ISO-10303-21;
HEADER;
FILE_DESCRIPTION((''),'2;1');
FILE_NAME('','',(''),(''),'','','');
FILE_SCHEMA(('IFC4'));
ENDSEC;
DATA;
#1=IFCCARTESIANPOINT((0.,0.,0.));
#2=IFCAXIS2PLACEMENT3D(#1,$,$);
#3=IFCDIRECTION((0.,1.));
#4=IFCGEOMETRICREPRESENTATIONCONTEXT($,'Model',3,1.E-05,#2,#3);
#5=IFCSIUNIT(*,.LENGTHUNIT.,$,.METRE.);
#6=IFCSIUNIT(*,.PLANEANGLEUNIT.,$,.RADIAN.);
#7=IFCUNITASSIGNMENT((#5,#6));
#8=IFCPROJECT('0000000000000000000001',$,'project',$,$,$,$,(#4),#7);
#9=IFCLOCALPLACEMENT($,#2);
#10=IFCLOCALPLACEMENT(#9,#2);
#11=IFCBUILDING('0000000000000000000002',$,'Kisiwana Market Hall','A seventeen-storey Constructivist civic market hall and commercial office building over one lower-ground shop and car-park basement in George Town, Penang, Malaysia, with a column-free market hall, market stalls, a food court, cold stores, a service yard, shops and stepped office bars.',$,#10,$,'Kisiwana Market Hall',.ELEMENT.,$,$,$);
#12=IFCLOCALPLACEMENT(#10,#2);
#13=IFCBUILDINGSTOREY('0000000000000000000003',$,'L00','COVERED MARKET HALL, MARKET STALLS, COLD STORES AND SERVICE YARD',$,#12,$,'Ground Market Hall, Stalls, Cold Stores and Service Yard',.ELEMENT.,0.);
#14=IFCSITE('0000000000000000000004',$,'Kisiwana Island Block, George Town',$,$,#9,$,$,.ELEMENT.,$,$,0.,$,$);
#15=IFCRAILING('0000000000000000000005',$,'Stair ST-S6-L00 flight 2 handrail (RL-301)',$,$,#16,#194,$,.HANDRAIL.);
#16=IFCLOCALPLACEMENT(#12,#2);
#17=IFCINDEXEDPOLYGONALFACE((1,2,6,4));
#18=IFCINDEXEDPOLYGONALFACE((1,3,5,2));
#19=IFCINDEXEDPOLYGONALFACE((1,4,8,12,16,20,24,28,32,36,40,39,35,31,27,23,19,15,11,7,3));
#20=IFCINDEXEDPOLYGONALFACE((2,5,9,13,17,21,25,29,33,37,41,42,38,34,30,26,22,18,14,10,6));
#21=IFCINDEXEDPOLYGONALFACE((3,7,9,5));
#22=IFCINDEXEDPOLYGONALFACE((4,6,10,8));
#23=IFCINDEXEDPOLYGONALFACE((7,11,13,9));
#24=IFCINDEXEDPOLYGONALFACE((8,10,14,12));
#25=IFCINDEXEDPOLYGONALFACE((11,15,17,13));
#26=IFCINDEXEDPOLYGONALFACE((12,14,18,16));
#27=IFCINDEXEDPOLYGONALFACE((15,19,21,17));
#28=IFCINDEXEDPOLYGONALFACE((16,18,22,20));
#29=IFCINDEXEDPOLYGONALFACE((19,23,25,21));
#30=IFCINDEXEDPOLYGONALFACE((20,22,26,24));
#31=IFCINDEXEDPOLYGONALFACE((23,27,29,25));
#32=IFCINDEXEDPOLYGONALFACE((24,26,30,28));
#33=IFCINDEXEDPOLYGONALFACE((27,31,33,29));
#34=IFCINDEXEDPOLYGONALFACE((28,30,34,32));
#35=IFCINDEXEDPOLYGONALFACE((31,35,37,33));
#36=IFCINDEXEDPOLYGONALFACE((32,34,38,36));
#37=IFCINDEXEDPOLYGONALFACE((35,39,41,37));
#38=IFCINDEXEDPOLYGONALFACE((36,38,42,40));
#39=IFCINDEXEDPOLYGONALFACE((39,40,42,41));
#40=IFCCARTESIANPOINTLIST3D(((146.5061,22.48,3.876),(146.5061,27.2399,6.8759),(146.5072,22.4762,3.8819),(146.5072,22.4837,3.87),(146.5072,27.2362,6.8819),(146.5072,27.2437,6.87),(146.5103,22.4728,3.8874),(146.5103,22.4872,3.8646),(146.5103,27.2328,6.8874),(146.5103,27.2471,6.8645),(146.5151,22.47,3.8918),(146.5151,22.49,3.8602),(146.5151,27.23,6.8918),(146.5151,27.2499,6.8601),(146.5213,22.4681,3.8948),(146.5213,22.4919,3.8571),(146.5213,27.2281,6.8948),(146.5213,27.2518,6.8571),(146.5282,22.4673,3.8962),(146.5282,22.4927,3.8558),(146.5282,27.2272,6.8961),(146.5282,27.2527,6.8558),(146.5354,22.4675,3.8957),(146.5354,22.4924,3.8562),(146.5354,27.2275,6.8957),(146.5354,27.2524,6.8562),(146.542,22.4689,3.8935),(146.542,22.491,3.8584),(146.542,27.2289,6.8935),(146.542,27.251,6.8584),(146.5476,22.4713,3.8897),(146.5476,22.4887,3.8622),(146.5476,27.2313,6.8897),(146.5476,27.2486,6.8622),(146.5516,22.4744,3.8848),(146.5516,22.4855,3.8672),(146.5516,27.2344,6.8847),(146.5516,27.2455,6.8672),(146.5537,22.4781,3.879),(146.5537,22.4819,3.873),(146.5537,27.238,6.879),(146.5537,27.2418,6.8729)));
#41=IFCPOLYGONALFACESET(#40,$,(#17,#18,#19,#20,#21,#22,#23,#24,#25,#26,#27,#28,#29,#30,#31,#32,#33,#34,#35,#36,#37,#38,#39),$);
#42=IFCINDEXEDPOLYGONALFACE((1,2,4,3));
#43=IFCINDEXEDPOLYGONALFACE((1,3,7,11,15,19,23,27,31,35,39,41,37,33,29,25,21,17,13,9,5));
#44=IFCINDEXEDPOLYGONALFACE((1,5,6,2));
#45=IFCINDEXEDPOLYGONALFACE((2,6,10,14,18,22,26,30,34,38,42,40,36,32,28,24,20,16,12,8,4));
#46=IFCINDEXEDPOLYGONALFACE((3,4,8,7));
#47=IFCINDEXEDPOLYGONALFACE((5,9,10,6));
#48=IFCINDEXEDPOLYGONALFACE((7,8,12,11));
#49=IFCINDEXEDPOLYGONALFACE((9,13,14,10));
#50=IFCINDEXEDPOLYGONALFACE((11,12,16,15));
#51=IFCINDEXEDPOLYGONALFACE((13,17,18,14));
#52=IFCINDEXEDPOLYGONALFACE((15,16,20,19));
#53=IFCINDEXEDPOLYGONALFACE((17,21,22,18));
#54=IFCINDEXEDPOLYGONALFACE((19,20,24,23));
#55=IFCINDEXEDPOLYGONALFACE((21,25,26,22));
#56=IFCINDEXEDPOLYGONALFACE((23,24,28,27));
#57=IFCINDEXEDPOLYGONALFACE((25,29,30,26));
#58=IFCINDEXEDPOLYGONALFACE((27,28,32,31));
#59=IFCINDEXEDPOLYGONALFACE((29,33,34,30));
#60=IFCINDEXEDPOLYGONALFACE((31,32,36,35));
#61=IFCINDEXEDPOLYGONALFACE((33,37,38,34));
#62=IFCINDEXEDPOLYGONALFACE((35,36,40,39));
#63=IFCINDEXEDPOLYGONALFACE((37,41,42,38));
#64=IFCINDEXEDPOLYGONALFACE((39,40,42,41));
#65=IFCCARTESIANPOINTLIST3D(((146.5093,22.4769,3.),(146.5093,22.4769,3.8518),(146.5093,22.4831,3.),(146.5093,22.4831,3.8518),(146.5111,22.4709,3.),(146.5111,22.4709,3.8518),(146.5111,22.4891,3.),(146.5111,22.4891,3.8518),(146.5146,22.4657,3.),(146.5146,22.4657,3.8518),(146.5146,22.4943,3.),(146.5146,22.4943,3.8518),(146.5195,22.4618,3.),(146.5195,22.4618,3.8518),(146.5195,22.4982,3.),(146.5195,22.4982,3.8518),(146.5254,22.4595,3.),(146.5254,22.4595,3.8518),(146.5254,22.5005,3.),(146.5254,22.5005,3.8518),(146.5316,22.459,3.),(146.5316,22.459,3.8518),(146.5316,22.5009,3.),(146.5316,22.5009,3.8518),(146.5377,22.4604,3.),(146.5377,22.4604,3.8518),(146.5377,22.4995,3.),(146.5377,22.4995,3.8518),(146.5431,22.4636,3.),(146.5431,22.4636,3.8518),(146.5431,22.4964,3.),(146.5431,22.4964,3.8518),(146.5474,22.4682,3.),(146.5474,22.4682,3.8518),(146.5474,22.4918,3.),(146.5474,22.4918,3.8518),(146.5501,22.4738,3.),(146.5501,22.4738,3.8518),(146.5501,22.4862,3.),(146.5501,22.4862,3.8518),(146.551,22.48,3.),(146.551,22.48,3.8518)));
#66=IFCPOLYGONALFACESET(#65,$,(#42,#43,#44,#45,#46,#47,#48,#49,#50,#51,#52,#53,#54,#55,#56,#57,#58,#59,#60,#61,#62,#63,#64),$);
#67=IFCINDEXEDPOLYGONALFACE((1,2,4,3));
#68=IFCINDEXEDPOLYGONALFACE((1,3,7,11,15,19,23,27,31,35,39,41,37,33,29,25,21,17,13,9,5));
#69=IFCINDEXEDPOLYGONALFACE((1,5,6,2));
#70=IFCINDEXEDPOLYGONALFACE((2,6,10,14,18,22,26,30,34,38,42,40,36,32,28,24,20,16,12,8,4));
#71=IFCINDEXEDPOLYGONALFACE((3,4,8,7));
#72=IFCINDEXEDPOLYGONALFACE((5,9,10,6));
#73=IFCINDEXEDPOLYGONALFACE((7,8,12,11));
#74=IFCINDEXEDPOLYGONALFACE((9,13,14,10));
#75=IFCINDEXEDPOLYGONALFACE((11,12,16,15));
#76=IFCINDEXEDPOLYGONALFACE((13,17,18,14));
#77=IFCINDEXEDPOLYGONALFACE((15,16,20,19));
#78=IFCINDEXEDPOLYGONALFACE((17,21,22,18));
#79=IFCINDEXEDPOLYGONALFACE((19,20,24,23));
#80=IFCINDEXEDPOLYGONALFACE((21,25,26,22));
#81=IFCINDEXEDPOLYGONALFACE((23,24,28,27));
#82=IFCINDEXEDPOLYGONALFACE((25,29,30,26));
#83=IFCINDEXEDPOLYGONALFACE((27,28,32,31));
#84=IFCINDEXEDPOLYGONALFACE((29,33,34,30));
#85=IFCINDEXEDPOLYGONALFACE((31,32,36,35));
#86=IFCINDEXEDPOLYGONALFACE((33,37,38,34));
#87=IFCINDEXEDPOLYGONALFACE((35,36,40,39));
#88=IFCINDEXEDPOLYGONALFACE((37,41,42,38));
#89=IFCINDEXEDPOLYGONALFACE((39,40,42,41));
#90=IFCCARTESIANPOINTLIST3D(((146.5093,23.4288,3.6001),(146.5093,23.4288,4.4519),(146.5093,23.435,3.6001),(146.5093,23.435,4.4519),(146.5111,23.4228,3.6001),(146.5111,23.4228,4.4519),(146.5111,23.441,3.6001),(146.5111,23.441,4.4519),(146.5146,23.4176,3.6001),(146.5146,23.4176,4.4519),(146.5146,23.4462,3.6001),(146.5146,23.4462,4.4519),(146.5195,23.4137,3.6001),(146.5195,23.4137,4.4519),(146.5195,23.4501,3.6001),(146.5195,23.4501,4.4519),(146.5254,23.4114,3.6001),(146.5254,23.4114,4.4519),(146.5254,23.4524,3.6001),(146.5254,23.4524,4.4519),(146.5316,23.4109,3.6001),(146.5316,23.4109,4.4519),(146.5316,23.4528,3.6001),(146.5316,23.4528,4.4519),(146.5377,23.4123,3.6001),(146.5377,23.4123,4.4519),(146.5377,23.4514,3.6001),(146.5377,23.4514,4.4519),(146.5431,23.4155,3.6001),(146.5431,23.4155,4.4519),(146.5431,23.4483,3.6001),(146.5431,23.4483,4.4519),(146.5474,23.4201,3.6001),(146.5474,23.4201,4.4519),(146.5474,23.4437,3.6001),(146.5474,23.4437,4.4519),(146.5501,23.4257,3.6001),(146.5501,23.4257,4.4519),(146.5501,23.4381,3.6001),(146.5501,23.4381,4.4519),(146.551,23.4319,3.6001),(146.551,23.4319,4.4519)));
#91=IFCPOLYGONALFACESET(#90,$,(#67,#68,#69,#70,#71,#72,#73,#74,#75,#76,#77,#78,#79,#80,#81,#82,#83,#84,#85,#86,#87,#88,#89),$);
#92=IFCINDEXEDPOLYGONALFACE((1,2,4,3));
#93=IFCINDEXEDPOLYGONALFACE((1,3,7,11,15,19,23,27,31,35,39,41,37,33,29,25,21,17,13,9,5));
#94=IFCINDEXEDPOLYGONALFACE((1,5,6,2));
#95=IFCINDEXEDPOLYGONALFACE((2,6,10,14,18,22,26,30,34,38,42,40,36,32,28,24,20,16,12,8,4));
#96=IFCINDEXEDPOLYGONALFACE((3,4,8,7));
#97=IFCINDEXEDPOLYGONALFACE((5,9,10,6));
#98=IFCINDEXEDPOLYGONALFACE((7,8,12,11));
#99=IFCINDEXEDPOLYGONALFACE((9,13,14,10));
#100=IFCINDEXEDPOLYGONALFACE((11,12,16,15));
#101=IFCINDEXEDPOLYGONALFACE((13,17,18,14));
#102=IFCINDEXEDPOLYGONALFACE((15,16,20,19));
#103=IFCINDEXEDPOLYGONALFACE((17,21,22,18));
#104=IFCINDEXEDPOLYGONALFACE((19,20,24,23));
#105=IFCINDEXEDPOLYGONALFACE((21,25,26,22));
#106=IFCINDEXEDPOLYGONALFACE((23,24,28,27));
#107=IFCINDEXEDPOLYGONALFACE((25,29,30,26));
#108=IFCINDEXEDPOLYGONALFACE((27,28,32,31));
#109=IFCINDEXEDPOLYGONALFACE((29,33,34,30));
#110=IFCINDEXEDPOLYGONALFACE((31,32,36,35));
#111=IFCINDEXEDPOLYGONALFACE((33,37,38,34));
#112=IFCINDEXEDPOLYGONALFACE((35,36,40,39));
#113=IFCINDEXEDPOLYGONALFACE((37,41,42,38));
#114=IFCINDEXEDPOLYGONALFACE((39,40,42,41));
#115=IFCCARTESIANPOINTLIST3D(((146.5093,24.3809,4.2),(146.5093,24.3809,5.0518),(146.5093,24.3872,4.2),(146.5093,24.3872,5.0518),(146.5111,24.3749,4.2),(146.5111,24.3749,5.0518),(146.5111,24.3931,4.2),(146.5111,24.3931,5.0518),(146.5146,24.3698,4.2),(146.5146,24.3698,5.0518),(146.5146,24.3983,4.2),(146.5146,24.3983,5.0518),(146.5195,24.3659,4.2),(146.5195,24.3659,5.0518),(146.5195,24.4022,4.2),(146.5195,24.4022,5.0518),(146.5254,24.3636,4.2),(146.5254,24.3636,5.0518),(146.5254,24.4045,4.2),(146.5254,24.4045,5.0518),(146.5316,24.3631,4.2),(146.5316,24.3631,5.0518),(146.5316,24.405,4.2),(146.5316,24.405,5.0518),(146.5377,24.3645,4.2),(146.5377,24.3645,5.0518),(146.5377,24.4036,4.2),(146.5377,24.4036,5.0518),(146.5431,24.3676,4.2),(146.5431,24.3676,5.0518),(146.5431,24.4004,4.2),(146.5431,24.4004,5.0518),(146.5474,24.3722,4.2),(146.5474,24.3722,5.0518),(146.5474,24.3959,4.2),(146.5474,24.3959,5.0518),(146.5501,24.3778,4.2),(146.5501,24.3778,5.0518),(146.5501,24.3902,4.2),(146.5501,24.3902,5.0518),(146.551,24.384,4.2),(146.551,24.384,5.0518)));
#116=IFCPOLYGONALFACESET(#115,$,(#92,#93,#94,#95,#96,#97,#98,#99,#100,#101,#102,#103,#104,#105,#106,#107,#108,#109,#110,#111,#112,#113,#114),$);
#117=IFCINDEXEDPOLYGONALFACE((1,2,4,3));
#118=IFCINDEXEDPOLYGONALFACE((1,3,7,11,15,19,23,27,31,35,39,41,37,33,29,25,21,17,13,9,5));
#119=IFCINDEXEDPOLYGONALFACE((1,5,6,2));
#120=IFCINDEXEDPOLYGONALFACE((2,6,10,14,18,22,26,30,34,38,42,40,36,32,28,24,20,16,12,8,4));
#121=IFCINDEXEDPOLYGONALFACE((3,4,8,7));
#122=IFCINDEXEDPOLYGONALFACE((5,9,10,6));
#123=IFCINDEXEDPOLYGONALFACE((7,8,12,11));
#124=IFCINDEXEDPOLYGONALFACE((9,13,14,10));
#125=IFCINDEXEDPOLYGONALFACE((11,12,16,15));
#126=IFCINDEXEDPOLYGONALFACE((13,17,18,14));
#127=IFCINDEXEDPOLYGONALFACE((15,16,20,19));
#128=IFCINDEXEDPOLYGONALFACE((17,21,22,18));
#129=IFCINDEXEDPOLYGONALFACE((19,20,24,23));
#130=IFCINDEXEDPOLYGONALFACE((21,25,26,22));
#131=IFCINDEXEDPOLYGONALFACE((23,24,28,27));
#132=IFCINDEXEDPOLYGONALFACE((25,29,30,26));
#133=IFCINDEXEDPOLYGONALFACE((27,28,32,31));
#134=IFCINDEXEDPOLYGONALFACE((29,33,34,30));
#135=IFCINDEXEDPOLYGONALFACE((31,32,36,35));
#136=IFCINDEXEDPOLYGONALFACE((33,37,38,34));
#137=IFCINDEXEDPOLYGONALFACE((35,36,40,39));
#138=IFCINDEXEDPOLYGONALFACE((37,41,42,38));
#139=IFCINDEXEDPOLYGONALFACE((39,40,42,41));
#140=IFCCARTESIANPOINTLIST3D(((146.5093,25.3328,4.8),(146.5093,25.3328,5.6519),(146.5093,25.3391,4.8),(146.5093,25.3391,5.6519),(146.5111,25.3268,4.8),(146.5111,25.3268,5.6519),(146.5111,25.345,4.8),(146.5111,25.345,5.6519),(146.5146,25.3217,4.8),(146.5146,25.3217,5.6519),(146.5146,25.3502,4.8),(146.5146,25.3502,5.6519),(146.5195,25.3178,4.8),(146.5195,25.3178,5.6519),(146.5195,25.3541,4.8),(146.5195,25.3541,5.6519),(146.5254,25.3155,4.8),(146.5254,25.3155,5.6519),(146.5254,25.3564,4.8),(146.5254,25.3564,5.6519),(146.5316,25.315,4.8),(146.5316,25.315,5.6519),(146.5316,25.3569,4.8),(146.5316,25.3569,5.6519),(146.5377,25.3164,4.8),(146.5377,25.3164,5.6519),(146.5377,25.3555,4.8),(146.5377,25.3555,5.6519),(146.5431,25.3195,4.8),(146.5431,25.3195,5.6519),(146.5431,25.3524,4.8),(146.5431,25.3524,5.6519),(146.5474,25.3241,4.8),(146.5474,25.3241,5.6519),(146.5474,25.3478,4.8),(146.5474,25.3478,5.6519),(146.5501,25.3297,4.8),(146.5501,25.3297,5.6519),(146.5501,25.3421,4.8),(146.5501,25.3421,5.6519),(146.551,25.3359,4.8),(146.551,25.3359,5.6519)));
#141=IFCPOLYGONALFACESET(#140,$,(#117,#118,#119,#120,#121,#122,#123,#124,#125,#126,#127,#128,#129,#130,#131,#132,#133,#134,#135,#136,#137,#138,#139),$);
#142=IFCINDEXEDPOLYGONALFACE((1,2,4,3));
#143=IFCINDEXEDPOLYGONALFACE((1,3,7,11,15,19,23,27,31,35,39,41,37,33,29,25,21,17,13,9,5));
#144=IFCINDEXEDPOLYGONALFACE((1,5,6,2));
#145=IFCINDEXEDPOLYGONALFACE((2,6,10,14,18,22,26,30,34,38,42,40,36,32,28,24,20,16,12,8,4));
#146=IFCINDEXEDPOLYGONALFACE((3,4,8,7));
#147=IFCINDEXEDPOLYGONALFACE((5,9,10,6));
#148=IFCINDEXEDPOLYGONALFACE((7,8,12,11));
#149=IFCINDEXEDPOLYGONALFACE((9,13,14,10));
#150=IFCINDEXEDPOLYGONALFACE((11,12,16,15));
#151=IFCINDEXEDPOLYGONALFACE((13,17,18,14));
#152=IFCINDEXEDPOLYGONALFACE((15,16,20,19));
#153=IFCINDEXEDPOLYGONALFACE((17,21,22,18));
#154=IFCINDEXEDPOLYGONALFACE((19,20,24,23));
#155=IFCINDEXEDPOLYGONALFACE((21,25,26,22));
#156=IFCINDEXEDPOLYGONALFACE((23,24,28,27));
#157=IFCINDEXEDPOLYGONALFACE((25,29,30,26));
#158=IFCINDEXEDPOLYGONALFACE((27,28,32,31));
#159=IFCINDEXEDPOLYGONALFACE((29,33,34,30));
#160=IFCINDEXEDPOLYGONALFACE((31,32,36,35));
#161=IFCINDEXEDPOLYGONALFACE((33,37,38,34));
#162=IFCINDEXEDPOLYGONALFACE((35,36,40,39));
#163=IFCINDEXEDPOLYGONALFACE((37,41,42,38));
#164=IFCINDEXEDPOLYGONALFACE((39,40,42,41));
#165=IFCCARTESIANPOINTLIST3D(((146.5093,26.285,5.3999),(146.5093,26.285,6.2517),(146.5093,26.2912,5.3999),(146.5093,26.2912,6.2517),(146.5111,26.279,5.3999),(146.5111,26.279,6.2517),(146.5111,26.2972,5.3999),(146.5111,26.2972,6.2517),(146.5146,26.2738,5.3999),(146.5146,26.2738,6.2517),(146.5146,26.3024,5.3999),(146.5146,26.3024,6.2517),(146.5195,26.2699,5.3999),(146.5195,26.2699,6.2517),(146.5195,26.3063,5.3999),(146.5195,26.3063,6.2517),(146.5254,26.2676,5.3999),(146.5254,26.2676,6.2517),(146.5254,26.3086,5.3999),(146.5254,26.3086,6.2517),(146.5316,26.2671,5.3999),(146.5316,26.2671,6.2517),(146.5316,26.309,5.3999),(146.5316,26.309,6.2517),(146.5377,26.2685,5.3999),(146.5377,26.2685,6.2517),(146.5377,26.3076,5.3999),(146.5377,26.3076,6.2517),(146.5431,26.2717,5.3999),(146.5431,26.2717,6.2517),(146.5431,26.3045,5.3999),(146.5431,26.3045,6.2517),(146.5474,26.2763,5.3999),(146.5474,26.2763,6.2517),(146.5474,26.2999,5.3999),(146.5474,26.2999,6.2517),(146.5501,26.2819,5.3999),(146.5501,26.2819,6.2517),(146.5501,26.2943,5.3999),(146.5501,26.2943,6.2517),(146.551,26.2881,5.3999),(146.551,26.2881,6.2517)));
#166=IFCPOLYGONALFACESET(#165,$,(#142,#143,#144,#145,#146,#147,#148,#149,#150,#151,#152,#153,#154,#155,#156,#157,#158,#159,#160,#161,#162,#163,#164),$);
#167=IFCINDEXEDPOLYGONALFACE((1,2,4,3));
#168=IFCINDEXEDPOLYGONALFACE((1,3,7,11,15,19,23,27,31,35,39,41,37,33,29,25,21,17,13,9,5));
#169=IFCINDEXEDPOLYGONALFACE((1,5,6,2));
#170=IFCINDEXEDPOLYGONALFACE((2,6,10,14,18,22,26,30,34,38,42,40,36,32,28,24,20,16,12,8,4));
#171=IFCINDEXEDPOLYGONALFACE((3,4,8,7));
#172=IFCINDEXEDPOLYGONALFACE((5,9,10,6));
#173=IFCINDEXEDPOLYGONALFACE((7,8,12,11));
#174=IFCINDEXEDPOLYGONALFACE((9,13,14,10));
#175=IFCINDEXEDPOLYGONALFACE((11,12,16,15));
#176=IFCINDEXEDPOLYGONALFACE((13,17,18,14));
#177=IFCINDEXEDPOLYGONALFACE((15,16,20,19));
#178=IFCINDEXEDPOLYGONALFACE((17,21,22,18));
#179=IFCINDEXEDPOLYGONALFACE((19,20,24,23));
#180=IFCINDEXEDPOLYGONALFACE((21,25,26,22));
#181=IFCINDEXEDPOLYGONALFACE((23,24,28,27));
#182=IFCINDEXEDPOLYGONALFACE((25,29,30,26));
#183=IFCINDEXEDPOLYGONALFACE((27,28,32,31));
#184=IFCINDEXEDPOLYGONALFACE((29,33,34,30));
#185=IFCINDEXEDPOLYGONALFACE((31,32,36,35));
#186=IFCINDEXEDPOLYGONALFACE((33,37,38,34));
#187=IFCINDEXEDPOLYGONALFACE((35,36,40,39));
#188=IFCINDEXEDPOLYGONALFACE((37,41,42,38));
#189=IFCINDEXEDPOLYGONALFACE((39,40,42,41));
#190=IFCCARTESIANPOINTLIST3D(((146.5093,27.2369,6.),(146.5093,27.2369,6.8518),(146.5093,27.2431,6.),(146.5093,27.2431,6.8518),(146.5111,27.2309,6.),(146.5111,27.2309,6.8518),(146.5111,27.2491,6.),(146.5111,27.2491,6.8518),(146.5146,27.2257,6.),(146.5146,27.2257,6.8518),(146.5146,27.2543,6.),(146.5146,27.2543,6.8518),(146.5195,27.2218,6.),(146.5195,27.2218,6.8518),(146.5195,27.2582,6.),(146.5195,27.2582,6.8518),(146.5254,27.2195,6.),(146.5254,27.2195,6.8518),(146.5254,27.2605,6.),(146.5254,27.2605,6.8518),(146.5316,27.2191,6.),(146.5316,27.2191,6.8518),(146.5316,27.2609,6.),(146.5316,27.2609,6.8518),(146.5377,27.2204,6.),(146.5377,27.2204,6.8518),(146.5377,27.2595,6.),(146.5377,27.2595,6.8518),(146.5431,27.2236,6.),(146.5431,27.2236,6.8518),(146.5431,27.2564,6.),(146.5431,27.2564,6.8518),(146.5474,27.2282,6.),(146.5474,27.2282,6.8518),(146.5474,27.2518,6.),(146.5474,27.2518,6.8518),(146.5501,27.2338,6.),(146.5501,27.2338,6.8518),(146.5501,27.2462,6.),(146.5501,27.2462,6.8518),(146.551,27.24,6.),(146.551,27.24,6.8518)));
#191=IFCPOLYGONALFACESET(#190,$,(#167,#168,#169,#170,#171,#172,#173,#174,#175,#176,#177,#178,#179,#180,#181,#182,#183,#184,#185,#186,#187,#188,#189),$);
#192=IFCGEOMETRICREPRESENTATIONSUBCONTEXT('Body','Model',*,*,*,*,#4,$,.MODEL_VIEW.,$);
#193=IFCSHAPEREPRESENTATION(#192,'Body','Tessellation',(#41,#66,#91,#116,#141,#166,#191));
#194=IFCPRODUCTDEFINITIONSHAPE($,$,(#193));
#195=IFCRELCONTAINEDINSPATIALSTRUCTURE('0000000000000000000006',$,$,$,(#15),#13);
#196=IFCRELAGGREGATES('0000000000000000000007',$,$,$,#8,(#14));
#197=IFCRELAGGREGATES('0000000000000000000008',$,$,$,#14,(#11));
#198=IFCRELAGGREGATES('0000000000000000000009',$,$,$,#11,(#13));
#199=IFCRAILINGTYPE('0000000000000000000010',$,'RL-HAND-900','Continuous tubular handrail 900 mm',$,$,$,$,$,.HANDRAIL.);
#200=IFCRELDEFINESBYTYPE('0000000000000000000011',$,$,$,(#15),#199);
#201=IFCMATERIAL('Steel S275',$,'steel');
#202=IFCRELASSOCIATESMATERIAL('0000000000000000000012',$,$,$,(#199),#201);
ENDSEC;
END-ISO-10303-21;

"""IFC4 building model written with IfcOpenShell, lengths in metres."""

from ifc_helpers import new_model, si_unit, direction, frame, origin, origin_2d, place, context, subcontext, project, spatial, circle, extrude, material, type_object, element, save


model = new_model("IFC4")

# Units and contexts
model_context = context("Model", 3, precision=1e-05, world=origin(), true_north=direction((0.0, 1.0)))
body_context = subcontext(model_context, "Body", "Model", "MODEL_VIEW")
ifc_project = project(units=[si_unit("LENGTHUNIT", "METRE"), si_unit("PLANEANGLEUNIT", "RADIAN")], contexts=[model_context])

# Site, building, storey
site_placement = place(None, origin())
site = spatial("IfcSite", under=ifc_project, at=site_placement, Name="Kisiwana Island Block, George Town", CompositionType="ELEMENT", RefElevation=0.0)
building_placement = place(site_placement, origin())
building = spatial("IfcBuilding", under=site, at=building_placement, Name="Kisiwana Market Hall", Description="A seventeen-storey Constructivist civic market hall and commercial office building over one lower-ground shop and car-park basement in George Town, Penang, Malaysia, with a column-free market hall, market stalls, a food court, cold stores, a service yard, shops and stepped office bars.", LongName="Kisiwana Market Hall", CompositionType="ELEMENT")
storey_placement = place(building_placement, origin())
storey = spatial("IfcBuildingStorey", under=building, at=storey_placement, Name="L00", Description="COVERED MARKET HALL, MARKET STALLS, COLD STORES AND SERVICE YARD", LongName="Ground Market Hall, Stalls, Cold Stores and Service Yard", CompositionType="ELEMENT", Elevation=0.0)

# Railing
ifc_material_1 = material(Name="Steel S275", Category="steel")
railing_type = type_object("IfcRailingType", Name="RL-HAND-900", Description="Continuous tubular handrail 900 mm", PredefinedType="HANDRAIL", material=ifc_material_1)
for number, where, name in (
    (1, (146.53, 22.48, 3.0), "Stair ST-S6-L00 flight 2 handrail (RL-301)"),
):
    element("IfcRailing", number, at=place(storey_placement, frame(where)), inside=storey, type_object=railing_type, Name=name, PredefinedType="HANDRAIL", context=body_context, shape_type="SweptSolid", body=[
        extrude(circle(Radius=0.0239, at=origin_2d()), frame((0.0, 0.0, 0.876), z_axis=(0.0, 0.845996, 0.53319), x_axis=(-1.0, 0.0, 0.0)), (0.0, 0.0, 1.0), 5.6265),
        extrude(circle(Radius=0.021, at=origin_2d()), origin(), (0.0, 0.0, 1.0), 0.8518),
        extrude(circle(Radius=0.021, at=origin_2d()), frame((0.0, 0.9519, 0.6001)), (0.0, 0.0, 1.0), 0.8518),
        extrude(circle(Radius=0.021, at=origin_2d()), frame((0.0, 1.9041, 1.2)), (0.0, 0.0, 1.0), 0.8518),
        extrude(circle(Radius=0.021, at=origin_2d()), frame((0.0, 2.856, 1.8)), (0.0, 0.0, 1.0), 0.8518),
        extrude(circle(Radius=0.021, at=origin_2d()), frame((0.0, 3.8081, 2.3999)), (0.0, 0.0, 1.0), 0.8518),
        extrude(circle(Radius=0.021, at=origin_2d()), frame((0.0, 4.76, 3.0)), (0.0, 0.0, 1.0), 0.8518),
    ])

save(model, "model.ifc")
